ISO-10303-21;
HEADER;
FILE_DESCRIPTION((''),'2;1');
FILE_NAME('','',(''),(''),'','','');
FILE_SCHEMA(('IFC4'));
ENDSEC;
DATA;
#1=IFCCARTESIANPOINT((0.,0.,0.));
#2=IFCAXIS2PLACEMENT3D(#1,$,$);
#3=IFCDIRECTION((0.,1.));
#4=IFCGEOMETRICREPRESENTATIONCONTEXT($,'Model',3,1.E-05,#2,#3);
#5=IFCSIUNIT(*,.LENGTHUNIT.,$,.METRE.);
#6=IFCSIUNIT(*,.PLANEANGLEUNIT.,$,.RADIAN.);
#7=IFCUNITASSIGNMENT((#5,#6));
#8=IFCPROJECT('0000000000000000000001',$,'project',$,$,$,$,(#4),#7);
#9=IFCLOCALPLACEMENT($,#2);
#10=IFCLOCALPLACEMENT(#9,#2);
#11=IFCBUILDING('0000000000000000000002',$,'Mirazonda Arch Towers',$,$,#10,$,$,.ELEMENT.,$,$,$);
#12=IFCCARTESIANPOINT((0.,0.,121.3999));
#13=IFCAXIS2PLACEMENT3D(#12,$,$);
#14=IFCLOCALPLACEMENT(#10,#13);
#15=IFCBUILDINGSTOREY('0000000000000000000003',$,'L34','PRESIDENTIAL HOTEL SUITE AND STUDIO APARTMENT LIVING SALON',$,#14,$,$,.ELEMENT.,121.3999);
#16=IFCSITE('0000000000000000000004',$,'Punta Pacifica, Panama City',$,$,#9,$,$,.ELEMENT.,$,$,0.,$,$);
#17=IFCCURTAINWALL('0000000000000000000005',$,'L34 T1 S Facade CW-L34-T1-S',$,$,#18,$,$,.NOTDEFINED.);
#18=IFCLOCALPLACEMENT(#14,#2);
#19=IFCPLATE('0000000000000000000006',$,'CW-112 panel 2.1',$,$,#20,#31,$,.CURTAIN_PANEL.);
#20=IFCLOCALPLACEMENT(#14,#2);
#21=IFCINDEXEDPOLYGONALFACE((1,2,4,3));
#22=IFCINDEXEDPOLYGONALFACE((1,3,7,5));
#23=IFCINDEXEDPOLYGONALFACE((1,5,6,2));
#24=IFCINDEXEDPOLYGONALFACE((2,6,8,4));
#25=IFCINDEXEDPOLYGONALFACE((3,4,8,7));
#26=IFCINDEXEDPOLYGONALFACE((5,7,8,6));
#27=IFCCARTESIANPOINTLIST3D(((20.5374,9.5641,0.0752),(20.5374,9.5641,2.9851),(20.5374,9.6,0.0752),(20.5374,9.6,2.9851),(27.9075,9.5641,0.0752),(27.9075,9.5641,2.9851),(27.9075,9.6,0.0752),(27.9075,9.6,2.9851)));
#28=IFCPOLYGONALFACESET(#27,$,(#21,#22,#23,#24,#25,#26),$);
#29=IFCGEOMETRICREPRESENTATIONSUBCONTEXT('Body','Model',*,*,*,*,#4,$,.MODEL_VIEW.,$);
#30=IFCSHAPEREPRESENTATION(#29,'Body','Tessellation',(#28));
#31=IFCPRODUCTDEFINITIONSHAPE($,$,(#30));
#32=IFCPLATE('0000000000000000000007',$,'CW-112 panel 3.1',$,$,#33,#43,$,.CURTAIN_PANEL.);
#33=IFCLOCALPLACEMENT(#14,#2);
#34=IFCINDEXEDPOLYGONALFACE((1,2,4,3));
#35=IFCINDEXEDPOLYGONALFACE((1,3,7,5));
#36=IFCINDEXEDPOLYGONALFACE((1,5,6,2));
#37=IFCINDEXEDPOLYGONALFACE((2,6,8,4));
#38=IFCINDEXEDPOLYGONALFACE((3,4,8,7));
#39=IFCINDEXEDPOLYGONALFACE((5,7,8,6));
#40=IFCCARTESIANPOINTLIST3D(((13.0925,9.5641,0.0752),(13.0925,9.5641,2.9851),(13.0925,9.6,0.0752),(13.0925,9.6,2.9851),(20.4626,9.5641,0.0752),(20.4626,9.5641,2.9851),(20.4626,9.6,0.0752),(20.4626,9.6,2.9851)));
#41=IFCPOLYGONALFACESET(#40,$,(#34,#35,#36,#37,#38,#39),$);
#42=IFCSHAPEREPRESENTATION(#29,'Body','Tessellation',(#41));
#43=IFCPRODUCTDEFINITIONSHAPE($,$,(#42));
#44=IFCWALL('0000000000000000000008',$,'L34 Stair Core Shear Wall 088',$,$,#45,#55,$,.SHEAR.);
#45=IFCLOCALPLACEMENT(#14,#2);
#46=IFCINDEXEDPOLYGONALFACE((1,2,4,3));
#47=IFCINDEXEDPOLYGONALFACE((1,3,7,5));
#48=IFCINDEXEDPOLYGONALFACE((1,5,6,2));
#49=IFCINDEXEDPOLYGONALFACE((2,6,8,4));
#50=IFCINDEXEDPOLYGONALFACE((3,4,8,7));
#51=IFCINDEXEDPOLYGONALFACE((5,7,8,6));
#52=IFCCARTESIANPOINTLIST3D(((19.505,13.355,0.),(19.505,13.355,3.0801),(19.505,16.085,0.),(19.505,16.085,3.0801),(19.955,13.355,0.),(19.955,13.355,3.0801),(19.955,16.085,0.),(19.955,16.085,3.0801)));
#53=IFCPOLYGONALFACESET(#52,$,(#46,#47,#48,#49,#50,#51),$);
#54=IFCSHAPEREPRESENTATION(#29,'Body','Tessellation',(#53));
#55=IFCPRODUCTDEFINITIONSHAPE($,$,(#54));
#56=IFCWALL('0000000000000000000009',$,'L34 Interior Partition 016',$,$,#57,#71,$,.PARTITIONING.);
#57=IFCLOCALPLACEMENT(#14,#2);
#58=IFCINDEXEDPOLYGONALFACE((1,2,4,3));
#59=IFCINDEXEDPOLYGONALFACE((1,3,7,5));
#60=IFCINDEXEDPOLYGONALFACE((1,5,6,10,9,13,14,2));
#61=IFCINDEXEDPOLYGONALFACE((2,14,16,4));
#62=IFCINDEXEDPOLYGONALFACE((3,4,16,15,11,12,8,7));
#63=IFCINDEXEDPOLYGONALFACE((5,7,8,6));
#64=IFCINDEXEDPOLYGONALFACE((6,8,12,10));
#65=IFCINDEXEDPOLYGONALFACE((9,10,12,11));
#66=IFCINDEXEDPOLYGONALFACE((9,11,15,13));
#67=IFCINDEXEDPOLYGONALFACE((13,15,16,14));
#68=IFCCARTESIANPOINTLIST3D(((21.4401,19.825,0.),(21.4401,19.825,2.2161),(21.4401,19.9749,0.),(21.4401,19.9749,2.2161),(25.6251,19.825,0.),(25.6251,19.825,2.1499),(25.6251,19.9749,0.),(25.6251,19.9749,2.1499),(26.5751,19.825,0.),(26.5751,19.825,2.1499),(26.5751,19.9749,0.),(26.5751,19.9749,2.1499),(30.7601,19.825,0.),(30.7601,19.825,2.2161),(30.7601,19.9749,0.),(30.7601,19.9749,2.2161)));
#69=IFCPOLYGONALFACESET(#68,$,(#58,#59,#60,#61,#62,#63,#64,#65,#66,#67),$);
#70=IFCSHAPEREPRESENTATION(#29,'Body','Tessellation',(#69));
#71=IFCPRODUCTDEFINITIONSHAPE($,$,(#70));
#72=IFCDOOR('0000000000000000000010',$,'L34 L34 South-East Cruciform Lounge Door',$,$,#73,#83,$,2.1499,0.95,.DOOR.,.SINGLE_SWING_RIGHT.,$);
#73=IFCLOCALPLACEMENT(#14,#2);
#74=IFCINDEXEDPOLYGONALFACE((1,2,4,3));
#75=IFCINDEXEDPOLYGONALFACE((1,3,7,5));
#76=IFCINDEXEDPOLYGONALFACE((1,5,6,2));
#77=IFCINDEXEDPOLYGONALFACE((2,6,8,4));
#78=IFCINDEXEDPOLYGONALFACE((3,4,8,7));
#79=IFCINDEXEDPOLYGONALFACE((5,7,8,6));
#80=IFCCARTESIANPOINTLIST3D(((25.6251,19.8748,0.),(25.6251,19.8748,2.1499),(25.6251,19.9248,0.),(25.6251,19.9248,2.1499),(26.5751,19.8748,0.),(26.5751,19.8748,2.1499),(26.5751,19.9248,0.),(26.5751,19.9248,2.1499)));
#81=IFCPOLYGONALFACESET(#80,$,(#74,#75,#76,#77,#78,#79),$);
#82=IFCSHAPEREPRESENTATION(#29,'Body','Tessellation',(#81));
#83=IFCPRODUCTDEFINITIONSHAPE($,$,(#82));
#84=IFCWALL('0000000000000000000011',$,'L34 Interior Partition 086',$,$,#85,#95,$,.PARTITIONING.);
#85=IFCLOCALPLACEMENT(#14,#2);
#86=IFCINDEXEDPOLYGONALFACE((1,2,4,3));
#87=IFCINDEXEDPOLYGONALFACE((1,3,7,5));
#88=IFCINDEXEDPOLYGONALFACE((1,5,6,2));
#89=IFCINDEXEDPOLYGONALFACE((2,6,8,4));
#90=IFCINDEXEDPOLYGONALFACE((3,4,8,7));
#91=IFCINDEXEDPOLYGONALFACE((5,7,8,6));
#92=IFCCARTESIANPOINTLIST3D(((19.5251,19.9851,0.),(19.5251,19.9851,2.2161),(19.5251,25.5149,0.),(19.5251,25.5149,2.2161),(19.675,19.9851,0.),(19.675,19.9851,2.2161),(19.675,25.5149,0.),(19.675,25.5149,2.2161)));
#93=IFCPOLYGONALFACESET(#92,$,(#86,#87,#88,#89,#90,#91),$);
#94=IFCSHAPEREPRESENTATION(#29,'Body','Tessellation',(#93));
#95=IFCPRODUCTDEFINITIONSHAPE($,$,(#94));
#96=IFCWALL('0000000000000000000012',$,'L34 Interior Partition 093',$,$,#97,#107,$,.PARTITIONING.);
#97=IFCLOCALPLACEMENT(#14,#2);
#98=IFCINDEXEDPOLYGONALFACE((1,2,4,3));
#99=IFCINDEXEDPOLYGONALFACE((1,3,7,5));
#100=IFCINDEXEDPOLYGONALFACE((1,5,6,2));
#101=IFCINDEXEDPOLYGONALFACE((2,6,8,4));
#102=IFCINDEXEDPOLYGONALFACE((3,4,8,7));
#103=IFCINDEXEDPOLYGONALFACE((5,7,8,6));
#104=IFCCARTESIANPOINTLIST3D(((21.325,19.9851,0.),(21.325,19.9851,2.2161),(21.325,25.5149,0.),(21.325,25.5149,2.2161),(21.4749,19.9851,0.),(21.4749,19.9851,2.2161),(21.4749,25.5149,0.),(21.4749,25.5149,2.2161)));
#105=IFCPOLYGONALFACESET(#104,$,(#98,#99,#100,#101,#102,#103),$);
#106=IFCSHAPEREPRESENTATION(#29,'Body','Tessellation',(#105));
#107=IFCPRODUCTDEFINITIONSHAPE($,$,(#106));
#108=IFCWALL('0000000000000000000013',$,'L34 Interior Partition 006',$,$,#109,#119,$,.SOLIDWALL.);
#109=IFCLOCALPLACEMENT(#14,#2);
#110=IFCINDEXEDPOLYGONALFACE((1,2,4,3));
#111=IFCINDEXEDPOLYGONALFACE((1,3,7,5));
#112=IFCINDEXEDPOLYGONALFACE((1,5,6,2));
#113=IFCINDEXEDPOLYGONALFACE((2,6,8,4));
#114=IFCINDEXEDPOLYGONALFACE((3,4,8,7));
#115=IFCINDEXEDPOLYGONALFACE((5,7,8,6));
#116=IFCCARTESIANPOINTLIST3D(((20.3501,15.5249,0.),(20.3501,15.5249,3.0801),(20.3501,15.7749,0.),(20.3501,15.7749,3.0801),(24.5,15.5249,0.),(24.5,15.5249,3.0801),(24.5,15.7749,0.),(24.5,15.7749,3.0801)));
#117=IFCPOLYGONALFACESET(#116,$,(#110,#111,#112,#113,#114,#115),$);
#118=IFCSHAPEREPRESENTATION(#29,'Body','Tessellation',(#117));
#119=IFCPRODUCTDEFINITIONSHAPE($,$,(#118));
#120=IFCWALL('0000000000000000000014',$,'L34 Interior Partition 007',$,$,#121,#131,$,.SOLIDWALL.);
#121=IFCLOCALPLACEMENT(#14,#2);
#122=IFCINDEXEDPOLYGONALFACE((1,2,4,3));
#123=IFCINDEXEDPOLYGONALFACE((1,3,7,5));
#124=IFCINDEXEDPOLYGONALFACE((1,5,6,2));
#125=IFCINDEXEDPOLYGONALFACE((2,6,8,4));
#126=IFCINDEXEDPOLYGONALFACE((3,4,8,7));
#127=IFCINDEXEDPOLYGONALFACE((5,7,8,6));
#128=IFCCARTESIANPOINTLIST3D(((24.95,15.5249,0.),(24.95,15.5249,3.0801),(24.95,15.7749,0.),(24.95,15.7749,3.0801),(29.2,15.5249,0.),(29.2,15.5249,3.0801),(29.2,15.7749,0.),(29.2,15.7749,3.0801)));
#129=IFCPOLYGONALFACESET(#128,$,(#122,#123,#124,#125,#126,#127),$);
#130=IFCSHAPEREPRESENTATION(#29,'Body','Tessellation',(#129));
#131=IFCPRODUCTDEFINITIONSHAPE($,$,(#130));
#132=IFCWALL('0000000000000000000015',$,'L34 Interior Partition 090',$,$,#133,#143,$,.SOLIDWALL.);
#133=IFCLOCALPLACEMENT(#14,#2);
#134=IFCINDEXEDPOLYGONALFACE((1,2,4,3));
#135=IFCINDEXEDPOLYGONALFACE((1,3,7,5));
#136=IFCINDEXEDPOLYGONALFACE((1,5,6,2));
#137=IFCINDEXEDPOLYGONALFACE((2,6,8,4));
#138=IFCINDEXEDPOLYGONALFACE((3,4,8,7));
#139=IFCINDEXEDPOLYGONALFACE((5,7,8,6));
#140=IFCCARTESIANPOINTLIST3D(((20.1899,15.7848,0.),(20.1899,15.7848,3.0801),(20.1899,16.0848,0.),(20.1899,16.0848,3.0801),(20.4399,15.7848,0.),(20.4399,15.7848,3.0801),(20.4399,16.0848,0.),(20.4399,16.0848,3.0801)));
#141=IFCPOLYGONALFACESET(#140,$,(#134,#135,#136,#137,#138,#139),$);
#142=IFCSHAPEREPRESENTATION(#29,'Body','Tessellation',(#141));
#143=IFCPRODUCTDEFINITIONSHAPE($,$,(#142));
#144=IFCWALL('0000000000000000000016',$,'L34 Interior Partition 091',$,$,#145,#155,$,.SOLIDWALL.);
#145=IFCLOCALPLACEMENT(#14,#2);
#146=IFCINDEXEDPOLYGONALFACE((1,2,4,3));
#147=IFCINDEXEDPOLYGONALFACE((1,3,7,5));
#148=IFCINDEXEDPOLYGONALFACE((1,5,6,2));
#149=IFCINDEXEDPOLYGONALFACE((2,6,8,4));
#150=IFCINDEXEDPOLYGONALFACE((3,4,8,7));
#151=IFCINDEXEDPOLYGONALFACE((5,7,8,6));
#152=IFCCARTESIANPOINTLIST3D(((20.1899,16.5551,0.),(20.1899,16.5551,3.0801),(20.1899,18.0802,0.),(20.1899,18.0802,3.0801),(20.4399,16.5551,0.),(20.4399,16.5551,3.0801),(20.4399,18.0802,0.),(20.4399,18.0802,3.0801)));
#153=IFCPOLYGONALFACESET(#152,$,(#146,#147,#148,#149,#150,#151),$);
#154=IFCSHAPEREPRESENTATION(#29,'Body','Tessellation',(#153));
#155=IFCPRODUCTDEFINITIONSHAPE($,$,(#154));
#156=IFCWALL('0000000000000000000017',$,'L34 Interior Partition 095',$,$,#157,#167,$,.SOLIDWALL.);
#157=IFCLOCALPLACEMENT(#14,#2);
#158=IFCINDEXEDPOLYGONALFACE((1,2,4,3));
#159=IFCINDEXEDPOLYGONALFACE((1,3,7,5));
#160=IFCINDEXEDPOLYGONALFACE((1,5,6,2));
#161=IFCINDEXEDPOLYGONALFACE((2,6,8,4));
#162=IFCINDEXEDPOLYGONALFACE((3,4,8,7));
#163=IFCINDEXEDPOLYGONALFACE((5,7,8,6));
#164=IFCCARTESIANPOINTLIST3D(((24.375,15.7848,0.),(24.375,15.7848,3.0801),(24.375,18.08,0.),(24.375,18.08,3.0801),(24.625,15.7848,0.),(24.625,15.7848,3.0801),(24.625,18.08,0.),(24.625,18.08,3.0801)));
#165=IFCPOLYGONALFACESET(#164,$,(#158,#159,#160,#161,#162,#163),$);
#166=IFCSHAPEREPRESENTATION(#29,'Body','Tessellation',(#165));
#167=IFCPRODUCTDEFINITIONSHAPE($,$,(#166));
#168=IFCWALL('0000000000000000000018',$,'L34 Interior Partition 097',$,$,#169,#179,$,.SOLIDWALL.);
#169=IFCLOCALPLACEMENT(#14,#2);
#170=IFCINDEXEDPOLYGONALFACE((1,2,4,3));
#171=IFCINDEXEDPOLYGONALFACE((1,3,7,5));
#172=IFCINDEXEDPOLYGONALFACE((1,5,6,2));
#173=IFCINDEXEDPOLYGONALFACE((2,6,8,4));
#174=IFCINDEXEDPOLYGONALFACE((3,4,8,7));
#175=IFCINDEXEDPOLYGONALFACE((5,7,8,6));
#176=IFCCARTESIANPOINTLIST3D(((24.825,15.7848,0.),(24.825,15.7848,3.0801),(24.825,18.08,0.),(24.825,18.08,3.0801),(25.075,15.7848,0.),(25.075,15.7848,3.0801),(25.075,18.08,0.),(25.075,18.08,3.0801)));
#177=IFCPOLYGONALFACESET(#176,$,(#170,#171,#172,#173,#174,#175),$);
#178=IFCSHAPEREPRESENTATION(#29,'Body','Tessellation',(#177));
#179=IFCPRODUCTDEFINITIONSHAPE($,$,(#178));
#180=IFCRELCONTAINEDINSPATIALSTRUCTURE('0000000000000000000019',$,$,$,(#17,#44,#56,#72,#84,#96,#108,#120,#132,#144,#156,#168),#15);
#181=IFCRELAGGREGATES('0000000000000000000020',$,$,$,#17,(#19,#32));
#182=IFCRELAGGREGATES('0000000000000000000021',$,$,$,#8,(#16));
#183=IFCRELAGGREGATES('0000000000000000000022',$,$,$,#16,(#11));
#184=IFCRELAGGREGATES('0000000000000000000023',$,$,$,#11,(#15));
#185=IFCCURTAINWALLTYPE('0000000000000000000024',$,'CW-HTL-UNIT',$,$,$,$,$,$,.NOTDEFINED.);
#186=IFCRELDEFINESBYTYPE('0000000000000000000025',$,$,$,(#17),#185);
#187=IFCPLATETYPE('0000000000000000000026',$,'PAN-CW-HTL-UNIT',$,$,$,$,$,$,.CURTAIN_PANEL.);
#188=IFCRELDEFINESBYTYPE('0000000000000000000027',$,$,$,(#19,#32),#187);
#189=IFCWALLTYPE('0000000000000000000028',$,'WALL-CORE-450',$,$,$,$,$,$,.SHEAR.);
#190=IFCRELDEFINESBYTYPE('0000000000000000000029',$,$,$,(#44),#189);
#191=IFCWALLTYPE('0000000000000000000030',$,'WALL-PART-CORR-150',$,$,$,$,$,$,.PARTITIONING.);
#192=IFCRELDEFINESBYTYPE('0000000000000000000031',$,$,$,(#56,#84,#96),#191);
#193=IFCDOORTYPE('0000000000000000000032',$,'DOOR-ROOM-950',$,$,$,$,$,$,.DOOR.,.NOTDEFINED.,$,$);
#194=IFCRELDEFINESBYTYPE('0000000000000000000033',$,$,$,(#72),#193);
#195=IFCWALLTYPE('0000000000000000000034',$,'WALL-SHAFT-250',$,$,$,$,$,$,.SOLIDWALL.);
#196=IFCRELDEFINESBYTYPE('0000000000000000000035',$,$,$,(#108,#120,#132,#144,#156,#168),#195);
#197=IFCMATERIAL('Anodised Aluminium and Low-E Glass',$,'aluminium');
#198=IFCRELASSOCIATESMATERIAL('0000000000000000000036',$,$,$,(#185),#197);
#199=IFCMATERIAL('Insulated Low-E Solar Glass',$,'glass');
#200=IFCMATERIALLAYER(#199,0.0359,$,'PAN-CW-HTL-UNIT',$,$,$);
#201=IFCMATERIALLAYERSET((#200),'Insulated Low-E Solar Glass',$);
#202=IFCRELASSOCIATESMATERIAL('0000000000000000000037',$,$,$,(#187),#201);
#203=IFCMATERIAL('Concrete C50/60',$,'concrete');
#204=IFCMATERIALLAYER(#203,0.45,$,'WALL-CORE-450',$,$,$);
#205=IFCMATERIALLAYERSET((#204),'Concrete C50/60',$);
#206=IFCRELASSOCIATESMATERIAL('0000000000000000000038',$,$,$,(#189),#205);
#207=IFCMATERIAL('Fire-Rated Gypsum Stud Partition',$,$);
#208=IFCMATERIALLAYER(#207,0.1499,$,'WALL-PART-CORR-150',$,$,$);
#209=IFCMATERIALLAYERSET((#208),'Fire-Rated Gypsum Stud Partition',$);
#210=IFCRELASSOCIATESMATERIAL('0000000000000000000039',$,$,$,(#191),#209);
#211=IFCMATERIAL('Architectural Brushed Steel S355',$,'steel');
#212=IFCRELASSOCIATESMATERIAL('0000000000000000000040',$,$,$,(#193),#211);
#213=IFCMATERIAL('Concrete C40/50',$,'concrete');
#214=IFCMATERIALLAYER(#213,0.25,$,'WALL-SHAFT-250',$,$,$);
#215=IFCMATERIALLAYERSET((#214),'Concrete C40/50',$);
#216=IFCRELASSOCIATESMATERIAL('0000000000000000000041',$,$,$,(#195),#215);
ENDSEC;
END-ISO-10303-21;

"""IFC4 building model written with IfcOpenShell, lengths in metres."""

from ifc_helpers import new_model, si_unit, direction, frame, frame_2d, origin, origin_2d, place, context, subcontext, project, spatial, rectangle, extrude, material, layer, layer_set, type_object, element, fill, aggregate, save


model = new_model("IFC4")

# Units and contexts
model_context = context("Model", 3, precision=1e-05, world=origin(), true_north=direction((0.0, 1.0)))
body_context = subcontext(model_context, "Body", "Model", "MODEL_VIEW")
ifc_project = project(units=[si_unit("LENGTHUNIT", "METRE"), si_unit("PLANEANGLEUNIT", "RADIAN")], contexts=[model_context])

# Site, building, storey
site_placement = place(None, origin())
site = spatial("IfcSite", under=ifc_project, at=site_placement, Name="Punta Pacifica, Panama City", CompositionType="ELEMENT", RefElevation=0.0)
building_placement = place(site_placement, origin())
building = spatial("IfcBuilding", under=site, at=building_placement, Name="Mirazonda Arch Towers", CompositionType="ELEMENT")
storey_placement = place(building_placement, frame((0.0, 0.0, 121.3999)))
storey = spatial("IfcBuildingStorey", under=building, at=storey_placement, Name="L34", Description="PRESIDENTIAL HOTEL SUITE AND STUDIO APARTMENT LIVING SALON", CompositionType="ELEMENT", Elevation=121.3999)

# Shared definitions
ifc_material_1 = material(Name="Concrete C50/60", Category="concrete")

# Curtain wall, plates
ifc_material_2 = material(Name="Anodised Aluminium and Low-E Glass", Category="aluminium")
curtain_wall_type = type_object("IfcCurtainWallType", Name="CW-HTL-UNIT", PredefinedType="NOTDEFINED", material=ifc_material_2)
curtain_wall_placement = place(storey_placement, origin())
curtain_wall = element("IfcCurtainWall", 1, at=curtain_wall_placement, inside=storey, type_object=curtain_wall_type, Name="L34 T1 S Facade CW-L34-T1-S", PredefinedType="NOTDEFINED")
ifc_material_3 = material(Name="Insulated Low-E Solar Glass", Category="glass")
ifc_layer_1 = layer(ifc_material_3, 0.0359, Name="PAN-CW-HTL-UNIT")
ifc_layer_set_1 = layer_set([ifc_layer_1], Name="Insulated Low-E Solar Glass")
plate_type = type_object("IfcPlateType", Name="PAN-CW-HTL-UNIT", PredefinedType="CURTAIN_PANEL", material=ifc_layer_set_1)
plate_1_placement = place(storey_placement, frame((24.2224, 9.582, 0.0752), z_axis=(0.0, 0.0, 1.0), x_axis=(-1.0, 0.0, 0.0)))
plate_1 = element("IfcPlate", 2, at=plate_1_placement, type_object=plate_type, Name="CW-112 panel 2.1", PredefinedType="CURTAIN_PANEL", context=body_context, shape_type="SweptSolid", body=[
    extrude(rectangle(XDim=7.3701, YDim=0.0359, at=origin_2d()), origin(), (0.0, 0.0, 1.0), 2.9099),
])
plate_2_placement = place(storey_placement, frame((16.7776, 9.582, 0.0752), z_axis=(0.0, 0.0, 1.0), x_axis=(-1.0, 0.0, 0.0)))
plate_2 = element("IfcPlate", 3, at=plate_2_placement, type_object=plate_type, Name="CW-112 panel 3.1", PredefinedType="CURTAIN_PANEL", context=body_context, shape_type="SweptSolid", body=[
    extrude(rectangle(XDim=7.3701, YDim=0.0359, at=origin_2d()), origin(), (0.0, 0.0, 1.0), 2.9099),
])
aggregate(curtain_wall, [plate_1, plate_2])

# Wall
ifc_layer_2 = layer(ifc_material_1, 0.45, Name="WALL-CORE-450")
ifc_layer_set_2 = layer_set([ifc_layer_2], Name="Concrete C50/60")
wall_type_1 = type_object("IfcWallType", Name="WALL-CORE-450", PredefinedType="SHEAR", material=ifc_layer_set_2)
wall_1_placement = place(storey_placement, frame((19.73, 13.355, 0.0), z_axis=(0.0, 0.0, 1.0), x_axis=(0.0, 1.0, 0.0)))
element("IfcWall", 4, at=wall_1_placement, inside=storey, type_object=wall_type_1, Name="L34 Stair Core Shear Wall 088", PredefinedType="SHEAR", context=body_context, shape_type="SweptSolid", body=[
    extrude(rectangle(XDim=2.73, YDim=0.45, at=frame_2d((1.365, 0.0))), origin(), (0.0, 0.0, 1.0), 3.0801),
])

# Wall, opening, door
ifc_material_4 = material(Name="Fire-Rated Gypsum Stud Partition")
ifc_layer_3 = layer(ifc_material_4, 0.1499, Name="WALL-PART-CORR-150")
ifc_layer_set_3 = layer_set([ifc_layer_3], Name="Fire-Rated Gypsum Stud Partition")
wall_type_2 = type_object("IfcWallType", Name="WALL-PART-CORR-150", PredefinedType="PARTITIONING", material=ifc_layer_set_3)
wall_2_placement = place(storey_placement, frame((21.4399, 19.8999, 0.0), z_axis=(0.0, 0.0, 1.0), x_axis=(1.0, 0.0, 0.0)))
wall_2 = element("IfcWall", 5, at=wall_2_placement, inside=storey, type_object=wall_type_2, Name="L34 Interior Partition 016", PredefinedType="PARTITIONING", context=body_context, shape_type="SweptSolid", body=[
    extrude(rectangle(XDim=9.3201, YDim=0.1499, at=frame_2d((4.6602, 0.0))), origin(), (0.0, 0.0, 1.0), 2.2161),
])
opening_placement = place(wall_2_placement, frame((4.1851, 0.0, 0.0)))
opening = element("IfcOpeningElement", 6, at=opening_placement, cuts=wall_2, PredefinedType="OPENING", context=body_context, shape_type="SweptSolid", body=[
    extrude(rectangle(XDim=0.95, YDim=2.1499, at=frame_2d((0.4751, 1.075))), frame((0.0, 0.085, 0.0), z_axis=(0.0, -1.0, 0.0), x_axis=(1.0, 0.0, 0.0)), (0.0, 0.0, 1.0), 0.1699),
])
ifc_material_5 = material(Name="Architectural Brushed Steel S355", Category="steel")
door_type = type_object("IfcDoorType", Name="DOOR-ROOM-950", OperationType="NOTDEFINED", PredefinedType="DOOR", material=ifc_material_5)
door_placement = place(opening_placement, origin())
door = element("IfcDoor", 7, at=door_placement, inside=storey, type_object=door_type, Name="L34 L34 South-East Cruciform Lounge Door", OperationType="SINGLE_SWING_RIGHT", OverallHeight=2.1499, OverallWidth=0.95, PredefinedType="DOOR", context=body_context, shape_type="SweptSolid", body=[
    extrude(rectangle(XDim=0.95, YDim=2.1499, at=frame_2d((0.4751, 1.075))), frame((0.0, 0.0249, 0.0), z_axis=(0.0, -1.0, 0.0), x_axis=(1.0, 0.0, 0.0)), (0.0, 0.0, 1.0), 0.05),
])
fill(opening, door)

# Walls
for number, where, z_axis, x_axis, name in (
    (8, (19.6001, 19.9851, 0.0), (0.0, 0.0, 1.0), (0.0, 1.0, 0.0), "L34 Interior Partition 086"),
    (9, (21.3999, 19.9851, 0.0), (0.0, 0.0, 1.0), (0.0, 1.0, 0.0), "L34 Interior Partition 093"),
):
    element("IfcWall", number, at=place(storey_placement, frame(where, z_axis=z_axis, x_axis=x_axis)), inside=storey, type_object=wall_type_2, Name=name, PredefinedType="PARTITIONING", context=body_context, shape_type="SweptSolid", body=[
        extrude(rectangle(XDim=5.5298, YDim=0.1499, at=frame_2d((2.7649, 0.0))), origin(), (0.0, 0.0, 1.0), 2.2161),
    ])
ifc_material_6 = material(Name="Concrete C40/50", Category="concrete")
ifc_layer_4 = layer(ifc_material_6, 0.25, Name="WALL-SHAFT-250")
ifc_layer_set_4 = layer_set([ifc_layer_4], Name="Concrete C40/50")
wall_type_3 = type_object("IfcWallType", Name="WALL-SHAFT-250", PredefinedType="SOLIDWALL", material=ifc_layer_set_4)
wall_3_placement = place(storey_placement, frame((20.3501, 15.6499, 0.0), z_axis=(0.0, 0.0, 1.0), x_axis=(1.0, 0.0, 0.0)))
element("IfcWall", 10, at=wall_3_placement, inside=storey, type_object=wall_type_3, Name="L34 Interior Partition 006", PredefinedType="SOLIDWALL", context=body_context, shape_type="SweptSolid", body=[
    extrude(rectangle(XDim=4.1499, YDim=0.25, at=frame_2d((2.075, 0.0))), origin(), (0.0, 0.0, 1.0), 3.0801),
])
wall_4_placement = place(storey_placement, frame((24.95, 15.6499, 0.0), z_axis=(0.0, 0.0, 1.0), x_axis=(1.0, 0.0, 0.0)))
element("IfcWall", 11, at=wall_4_placement, inside=storey, type_object=wall_type_3, Name="L34 Interior Partition 007", PredefinedType="SOLIDWALL", context=body_context, shape_type="SweptSolid", body=[
    extrude(rectangle(XDim=4.25, YDim=0.25, at=frame_2d((2.125, 0.0))), origin(), (0.0, 0.0, 1.0), 3.0801),
])
wall_5_placement = place(storey_placement, frame((20.3149, 15.7849, 0.0), z_axis=(0.0, 0.0, 1.0), x_axis=(0.0, 1.0, 0.0)))
element("IfcWall", 12, at=wall_5_placement, inside=storey, type_object=wall_type_3, Name="L34 Interior Partition 090", PredefinedType="SOLIDWALL", context=body_context, shape_type="SweptSolid", body=[
    extrude(rectangle(XDim=0.3, YDim=0.25, at=frame_2d((0.1499, 0.0))), origin(), (0.0, 0.0, 1.0), 3.0801),
])
wall_6_placement = place(storey_placement, frame((20.3149, 16.5549, 0.0), z_axis=(0.0, 0.0, 1.0), x_axis=(0.0, 1.0, 0.0)))
element("IfcWall", 13, at=wall_6_placement, inside=storey, type_object=wall_type_3, Name="L34 Interior Partition 091", PredefinedType="SOLIDWALL", context=body_context, shape_type="SweptSolid", body=[
    extrude(rectangle(XDim=1.5251, YDim=0.25, at=frame_2d((0.7627, 0.0))), origin(), (0.0, 0.0, 1.0), 3.0801),
])
for number, where, z_axis, x_axis, name in (
    (14, (24.5, 15.7849, 0.0), (0.0, 0.0, 1.0), (0.0, 1.0, 0.0), "L34 Interior Partition 095"),
    (15, (24.95, 15.7849, 0.0), (0.0, 0.0, 1.0), (0.0, 1.0, 0.0), "L34 Interior Partition 097"),
):
    element("IfcWall", number, at=place(storey_placement, frame(where, z_axis=z_axis, x_axis=x_axis)), inside=storey, type_object=wall_type_3, Name=name, PredefinedType="SOLIDWALL", context=body_context, shape_type="SweptSolid", body=[
        extrude(rectangle(XDim=2.2952, YDim=0.25, at=frame_2d((1.1475, 0.0))), origin(), (0.0, 0.0, 1.0), 3.0801),
    ])

save(model, "model.ifc")
